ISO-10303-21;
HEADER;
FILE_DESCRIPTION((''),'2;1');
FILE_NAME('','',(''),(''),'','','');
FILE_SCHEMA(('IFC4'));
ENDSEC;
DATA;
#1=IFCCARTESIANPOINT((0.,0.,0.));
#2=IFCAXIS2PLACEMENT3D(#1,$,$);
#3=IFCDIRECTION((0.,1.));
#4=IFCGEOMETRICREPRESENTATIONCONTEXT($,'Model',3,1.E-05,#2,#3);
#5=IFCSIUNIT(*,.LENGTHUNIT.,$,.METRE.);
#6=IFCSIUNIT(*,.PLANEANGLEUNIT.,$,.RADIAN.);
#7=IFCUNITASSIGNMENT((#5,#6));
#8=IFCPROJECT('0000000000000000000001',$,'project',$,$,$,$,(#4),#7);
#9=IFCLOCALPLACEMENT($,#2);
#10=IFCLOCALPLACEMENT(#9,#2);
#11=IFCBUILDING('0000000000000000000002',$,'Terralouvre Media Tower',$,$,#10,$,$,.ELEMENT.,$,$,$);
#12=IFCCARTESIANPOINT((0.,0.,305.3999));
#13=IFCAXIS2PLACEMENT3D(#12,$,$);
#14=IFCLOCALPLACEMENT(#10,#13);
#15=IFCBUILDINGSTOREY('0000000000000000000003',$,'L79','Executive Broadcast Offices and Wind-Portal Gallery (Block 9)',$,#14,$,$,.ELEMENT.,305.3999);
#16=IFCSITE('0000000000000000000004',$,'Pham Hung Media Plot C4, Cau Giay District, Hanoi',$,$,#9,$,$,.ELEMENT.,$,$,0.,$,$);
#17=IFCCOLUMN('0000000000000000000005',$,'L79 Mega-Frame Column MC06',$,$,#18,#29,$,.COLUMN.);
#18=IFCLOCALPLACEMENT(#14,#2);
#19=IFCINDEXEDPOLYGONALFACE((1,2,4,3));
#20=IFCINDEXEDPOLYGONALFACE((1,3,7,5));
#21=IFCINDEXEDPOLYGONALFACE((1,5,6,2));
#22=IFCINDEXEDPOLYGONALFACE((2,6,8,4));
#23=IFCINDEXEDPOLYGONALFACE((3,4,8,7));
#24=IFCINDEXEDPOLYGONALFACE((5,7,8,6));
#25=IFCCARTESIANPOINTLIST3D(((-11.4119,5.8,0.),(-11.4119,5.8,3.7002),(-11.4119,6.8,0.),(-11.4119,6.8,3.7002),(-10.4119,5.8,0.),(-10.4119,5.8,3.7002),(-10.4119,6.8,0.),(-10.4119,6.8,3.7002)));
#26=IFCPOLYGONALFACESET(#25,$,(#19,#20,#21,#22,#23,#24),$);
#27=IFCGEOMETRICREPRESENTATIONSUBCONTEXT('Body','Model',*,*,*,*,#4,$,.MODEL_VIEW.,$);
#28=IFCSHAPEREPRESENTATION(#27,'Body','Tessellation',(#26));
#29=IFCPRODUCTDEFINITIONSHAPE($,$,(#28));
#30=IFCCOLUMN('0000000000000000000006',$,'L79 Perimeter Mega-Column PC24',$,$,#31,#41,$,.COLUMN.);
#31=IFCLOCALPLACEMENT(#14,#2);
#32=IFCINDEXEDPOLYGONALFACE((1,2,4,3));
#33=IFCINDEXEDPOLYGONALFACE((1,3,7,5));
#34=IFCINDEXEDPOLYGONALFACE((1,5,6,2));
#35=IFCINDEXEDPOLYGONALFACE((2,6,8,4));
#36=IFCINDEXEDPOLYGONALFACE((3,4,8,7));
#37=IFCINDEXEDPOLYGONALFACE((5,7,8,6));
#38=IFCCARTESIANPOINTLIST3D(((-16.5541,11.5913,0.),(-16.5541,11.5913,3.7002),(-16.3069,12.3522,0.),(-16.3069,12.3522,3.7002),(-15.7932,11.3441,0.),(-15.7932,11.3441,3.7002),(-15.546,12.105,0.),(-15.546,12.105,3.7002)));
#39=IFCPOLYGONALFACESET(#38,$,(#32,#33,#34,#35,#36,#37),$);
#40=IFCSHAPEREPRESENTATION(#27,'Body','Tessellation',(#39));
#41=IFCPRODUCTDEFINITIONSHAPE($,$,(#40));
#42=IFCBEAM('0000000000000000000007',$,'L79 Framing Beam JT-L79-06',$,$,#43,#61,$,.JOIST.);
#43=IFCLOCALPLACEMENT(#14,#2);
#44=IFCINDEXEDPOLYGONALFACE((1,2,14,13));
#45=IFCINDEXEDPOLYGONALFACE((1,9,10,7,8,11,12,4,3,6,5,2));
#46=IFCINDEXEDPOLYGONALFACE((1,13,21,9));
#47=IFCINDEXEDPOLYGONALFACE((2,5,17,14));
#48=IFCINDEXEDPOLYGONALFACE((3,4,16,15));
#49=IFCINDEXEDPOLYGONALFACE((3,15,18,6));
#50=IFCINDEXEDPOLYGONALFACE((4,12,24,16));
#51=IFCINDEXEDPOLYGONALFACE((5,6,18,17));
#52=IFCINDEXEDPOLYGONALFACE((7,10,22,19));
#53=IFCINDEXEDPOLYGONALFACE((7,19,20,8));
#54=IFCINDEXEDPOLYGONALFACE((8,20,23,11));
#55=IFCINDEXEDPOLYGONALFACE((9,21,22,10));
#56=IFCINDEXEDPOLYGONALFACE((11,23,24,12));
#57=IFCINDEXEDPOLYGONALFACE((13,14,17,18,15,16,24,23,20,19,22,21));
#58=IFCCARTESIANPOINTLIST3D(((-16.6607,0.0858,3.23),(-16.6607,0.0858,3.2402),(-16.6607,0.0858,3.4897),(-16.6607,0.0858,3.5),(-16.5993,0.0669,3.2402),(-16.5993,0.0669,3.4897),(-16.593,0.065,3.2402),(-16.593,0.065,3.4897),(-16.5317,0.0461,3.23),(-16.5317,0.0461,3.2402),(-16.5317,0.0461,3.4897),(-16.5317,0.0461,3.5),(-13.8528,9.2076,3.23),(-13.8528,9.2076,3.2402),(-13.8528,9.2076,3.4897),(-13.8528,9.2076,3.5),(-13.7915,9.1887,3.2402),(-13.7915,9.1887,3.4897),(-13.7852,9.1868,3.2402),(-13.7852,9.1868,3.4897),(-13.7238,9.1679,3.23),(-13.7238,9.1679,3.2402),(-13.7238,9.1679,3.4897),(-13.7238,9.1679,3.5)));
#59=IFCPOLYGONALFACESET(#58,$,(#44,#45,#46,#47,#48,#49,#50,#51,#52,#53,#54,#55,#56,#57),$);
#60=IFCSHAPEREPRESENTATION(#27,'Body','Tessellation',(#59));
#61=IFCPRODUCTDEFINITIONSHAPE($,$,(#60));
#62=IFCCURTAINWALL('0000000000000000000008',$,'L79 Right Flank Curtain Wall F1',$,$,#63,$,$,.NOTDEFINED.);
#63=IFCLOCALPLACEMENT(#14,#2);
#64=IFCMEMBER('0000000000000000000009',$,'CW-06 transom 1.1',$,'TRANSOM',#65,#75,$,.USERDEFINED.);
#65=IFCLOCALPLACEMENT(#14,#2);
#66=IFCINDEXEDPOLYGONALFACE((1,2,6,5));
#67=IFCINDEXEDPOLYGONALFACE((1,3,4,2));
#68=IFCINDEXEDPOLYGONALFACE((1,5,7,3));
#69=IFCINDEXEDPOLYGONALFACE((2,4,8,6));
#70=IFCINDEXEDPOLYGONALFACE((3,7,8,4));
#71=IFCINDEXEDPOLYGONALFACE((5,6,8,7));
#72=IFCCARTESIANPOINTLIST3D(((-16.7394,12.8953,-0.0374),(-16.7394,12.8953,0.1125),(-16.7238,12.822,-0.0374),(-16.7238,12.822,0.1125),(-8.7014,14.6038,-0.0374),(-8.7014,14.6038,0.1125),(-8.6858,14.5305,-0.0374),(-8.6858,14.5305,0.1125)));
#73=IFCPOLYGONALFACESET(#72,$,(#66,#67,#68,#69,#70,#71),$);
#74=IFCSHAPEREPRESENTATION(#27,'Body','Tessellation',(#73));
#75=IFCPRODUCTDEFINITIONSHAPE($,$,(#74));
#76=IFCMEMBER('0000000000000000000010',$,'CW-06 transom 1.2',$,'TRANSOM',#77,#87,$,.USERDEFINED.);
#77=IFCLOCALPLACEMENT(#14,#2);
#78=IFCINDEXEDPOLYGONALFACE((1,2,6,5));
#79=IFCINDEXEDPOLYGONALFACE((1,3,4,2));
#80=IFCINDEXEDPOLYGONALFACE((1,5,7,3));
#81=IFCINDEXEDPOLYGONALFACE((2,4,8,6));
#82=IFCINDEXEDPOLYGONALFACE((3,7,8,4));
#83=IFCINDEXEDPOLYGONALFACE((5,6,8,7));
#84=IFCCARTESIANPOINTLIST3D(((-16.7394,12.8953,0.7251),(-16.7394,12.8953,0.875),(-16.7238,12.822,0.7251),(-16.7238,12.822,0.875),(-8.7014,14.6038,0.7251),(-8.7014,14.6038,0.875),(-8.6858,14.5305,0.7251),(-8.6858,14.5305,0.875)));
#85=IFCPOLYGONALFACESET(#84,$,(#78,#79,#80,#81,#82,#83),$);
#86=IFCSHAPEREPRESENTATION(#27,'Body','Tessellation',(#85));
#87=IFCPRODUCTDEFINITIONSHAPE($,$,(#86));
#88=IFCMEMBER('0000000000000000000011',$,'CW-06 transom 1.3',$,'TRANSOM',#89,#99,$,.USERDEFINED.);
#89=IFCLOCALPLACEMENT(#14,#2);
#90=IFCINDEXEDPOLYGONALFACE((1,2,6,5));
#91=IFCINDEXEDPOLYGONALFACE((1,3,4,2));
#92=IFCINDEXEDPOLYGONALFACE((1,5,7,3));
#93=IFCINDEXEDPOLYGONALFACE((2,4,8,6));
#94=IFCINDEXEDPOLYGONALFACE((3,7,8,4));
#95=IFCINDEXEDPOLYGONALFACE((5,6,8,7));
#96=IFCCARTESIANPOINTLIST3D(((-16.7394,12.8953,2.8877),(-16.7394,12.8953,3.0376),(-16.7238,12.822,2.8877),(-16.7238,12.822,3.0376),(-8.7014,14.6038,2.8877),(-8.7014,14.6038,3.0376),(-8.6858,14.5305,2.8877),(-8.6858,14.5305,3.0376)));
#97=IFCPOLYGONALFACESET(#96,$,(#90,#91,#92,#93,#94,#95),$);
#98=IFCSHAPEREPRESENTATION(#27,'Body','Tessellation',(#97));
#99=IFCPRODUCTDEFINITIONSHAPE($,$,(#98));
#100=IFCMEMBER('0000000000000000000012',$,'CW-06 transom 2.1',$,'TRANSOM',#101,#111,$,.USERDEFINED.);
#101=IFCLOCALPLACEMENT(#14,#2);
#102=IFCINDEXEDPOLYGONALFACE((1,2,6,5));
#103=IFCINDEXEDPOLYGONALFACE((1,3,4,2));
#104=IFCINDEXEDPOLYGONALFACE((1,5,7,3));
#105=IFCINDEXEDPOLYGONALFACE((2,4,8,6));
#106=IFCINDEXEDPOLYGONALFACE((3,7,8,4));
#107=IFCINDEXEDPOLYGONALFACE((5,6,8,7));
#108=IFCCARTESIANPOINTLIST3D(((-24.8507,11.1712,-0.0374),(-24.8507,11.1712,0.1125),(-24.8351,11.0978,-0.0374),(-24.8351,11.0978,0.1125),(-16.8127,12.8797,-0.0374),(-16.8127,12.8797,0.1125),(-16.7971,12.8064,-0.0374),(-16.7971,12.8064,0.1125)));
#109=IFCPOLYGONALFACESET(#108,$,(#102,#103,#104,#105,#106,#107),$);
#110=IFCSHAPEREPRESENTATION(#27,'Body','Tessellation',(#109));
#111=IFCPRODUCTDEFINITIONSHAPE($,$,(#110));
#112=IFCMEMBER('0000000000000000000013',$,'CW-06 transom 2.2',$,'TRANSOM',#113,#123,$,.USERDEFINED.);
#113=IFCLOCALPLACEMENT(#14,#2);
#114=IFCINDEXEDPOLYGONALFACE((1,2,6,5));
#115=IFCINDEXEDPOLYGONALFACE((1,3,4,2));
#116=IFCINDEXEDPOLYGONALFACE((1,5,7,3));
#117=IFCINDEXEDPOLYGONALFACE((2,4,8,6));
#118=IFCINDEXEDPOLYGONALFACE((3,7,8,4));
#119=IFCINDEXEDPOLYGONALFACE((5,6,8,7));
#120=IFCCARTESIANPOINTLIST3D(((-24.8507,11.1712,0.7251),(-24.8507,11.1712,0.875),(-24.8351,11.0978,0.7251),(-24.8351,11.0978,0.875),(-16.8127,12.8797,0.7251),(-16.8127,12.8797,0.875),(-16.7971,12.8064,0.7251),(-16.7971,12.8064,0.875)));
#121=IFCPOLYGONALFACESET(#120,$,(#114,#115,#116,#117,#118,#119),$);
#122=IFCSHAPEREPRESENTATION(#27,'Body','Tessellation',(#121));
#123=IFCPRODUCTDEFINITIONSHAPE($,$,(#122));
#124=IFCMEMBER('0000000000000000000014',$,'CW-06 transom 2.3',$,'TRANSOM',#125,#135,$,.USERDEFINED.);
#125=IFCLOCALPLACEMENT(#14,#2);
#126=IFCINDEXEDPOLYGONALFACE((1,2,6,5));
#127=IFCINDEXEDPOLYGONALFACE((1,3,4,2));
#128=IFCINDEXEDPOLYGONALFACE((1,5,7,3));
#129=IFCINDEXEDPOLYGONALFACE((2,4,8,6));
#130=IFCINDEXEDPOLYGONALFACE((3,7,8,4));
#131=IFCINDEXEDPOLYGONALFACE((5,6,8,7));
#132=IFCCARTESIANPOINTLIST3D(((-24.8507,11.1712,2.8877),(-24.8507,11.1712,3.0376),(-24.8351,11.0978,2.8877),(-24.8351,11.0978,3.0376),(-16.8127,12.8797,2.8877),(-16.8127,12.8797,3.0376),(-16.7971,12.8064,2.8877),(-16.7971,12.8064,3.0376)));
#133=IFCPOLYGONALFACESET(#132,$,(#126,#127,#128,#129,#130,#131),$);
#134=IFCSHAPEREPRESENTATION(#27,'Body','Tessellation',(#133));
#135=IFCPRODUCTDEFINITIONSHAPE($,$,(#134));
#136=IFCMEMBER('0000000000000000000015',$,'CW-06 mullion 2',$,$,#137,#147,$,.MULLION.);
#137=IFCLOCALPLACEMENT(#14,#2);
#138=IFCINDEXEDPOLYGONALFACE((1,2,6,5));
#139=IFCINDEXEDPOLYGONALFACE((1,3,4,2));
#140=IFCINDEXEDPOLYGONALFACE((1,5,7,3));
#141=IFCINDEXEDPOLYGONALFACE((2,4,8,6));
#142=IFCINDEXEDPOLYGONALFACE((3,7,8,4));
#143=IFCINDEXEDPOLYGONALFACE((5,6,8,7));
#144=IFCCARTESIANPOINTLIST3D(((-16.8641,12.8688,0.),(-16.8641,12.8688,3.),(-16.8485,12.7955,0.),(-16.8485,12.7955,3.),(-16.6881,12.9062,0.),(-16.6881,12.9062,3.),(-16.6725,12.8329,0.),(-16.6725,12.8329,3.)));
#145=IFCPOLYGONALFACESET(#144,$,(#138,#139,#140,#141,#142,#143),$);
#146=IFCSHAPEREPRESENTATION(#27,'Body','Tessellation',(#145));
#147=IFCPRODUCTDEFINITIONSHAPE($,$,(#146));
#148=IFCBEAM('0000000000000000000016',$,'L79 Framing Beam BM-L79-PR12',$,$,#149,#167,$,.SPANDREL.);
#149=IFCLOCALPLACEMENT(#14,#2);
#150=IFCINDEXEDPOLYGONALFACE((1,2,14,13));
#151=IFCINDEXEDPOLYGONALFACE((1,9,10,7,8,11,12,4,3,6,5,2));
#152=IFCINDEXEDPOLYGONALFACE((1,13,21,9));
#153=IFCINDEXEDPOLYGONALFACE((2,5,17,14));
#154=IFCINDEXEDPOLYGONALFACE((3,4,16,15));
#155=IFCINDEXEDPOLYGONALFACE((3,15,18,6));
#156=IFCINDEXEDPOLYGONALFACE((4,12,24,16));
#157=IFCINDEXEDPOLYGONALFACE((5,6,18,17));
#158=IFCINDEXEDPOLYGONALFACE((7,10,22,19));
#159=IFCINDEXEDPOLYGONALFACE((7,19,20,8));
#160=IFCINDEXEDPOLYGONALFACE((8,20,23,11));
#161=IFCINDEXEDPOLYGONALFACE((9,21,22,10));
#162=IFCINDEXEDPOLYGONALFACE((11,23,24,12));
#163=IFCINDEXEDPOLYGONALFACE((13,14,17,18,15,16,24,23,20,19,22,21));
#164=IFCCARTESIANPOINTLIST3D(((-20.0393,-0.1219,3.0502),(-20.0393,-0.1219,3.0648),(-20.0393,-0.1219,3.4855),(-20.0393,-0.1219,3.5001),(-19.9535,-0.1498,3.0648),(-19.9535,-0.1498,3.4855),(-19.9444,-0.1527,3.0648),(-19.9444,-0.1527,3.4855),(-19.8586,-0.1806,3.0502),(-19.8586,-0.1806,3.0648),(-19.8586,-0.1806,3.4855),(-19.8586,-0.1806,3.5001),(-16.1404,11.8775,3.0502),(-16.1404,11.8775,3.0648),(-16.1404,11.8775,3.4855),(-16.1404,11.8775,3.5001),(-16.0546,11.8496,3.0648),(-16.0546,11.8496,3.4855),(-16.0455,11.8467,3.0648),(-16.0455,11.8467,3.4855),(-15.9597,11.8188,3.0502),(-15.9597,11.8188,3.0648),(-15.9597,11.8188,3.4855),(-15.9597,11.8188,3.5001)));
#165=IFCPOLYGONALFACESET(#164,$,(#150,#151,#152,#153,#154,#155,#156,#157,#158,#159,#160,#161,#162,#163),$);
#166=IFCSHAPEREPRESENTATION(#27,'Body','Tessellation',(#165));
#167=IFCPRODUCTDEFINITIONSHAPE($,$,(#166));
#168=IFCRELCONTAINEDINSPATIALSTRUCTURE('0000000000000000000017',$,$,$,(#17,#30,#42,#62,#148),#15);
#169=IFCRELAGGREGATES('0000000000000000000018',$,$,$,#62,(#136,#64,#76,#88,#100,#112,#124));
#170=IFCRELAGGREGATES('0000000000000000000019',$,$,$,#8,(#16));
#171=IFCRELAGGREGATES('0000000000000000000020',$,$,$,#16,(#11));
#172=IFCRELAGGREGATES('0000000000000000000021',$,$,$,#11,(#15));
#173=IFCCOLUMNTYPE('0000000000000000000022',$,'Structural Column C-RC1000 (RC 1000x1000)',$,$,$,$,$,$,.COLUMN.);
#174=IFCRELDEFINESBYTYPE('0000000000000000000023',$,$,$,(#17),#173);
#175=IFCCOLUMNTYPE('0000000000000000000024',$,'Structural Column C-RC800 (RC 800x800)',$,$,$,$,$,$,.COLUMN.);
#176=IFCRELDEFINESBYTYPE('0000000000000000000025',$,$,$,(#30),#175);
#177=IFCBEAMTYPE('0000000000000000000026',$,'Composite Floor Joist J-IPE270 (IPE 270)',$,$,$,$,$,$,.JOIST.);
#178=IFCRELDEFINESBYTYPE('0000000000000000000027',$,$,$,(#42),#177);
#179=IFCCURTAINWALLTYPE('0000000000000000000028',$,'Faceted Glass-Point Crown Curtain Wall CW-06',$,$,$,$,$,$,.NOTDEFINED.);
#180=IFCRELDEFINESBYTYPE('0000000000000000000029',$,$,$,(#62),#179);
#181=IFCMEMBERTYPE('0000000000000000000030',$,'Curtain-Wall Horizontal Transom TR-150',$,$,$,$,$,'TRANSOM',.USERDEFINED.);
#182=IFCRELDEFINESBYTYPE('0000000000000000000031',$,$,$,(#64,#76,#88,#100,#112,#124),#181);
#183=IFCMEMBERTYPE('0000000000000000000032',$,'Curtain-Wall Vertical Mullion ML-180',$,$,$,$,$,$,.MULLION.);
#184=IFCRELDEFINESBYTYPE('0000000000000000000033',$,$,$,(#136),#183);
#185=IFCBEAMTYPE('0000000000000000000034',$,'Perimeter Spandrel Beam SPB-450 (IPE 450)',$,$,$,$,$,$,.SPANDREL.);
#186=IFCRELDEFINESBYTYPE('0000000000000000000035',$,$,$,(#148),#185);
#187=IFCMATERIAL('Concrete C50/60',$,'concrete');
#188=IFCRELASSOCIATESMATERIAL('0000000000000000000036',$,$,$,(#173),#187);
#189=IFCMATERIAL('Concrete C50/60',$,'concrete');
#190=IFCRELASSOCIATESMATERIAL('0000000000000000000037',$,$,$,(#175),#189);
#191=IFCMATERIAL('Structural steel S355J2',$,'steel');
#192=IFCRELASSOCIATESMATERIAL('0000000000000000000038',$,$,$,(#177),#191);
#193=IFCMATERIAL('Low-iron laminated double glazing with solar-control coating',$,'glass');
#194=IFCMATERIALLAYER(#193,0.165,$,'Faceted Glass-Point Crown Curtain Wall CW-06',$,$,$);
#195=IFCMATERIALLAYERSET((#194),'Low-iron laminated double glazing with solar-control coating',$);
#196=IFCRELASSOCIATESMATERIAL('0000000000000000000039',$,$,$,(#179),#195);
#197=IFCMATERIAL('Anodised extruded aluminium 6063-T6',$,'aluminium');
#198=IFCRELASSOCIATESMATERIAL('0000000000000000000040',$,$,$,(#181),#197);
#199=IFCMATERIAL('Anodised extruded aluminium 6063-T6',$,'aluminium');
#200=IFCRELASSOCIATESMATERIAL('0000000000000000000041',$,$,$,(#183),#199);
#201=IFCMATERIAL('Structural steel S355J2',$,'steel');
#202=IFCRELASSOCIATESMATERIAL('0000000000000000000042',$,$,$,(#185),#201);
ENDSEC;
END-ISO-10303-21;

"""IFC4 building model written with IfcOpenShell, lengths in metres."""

from ifc_helpers import new_model, si_unit, direction, frame, origin, origin_2d, place, context, subcontext, project, spatial, rectangle, i_section, extrude, material, layer, layer_set, material_profile, profile_set, type_object, element, aggregate, save


model = new_model("IFC4")

# Units and contexts
model_context = context("Model", 3, precision=1e-05, world=origin(), true_north=direction((0.0, 1.0)))
body_context = subcontext(model_context, "Body", "Model", "MODEL_VIEW")
ifc_project = project(units=[si_unit("LENGTHUNIT", "METRE"), si_unit("PLANEANGLEUNIT", "RADIAN")], contexts=[model_context])

# Site, building, storey
site_placement = place(None, origin())
site = spatial("IfcSite", under=ifc_project, at=site_placement, Name="Pham Hung Media Plot C4, Cau Giay District, Hanoi", CompositionType="ELEMENT", RefElevation=0.0)
building_placement = place(site_placement, origin())
building = spatial("IfcBuilding", under=site, at=building_placement, Name="Terralouvre Media Tower", CompositionType="ELEMENT")
storey_placement = place(building_placement, frame((0.0, 0.0, 305.3999)))
storey = spatial("IfcBuildingStorey", under=building, at=storey_placement, Name="L79", Description="Executive Broadcast Offices and Wind-Portal Gallery (Block 9)", CompositionType="ELEMENT", Elevation=305.3999)

# Columns
ifc_material_1 = material(Name="Concrete C50/60", Category="concrete")
ifc_material_profile_1 = material_profile(ifc_material_1, rectangle(XDim=1.0, YDim=1.0, at=origin_2d()), Name="RC 1000x1000")
ifc_profile_set_1 = profile_set([ifc_material_profile_1], Name="Concrete C50/60")
column_type_1 = type_object("IfcColumnType", Name="Structural Column C-RC1000 (RC 1000x1000)", PredefinedType="COLUMN", material=ifc_profile_set_1)
column_1_placement = place(storey_placement, frame((-10.9119, 6.3, 0.0), z_axis=(0.0, 0.0, 1.0), x_axis=(1.0, 0.0, 0.0)))
element("IfcColumn", 1, at=column_1_placement, inside=storey, type_object=column_type_1, Name="L79 Mega-Frame Column MC06", PredefinedType="COLUMN", context=body_context, shape_type="SweptSolid", body=[
    extrude(rectangle(XDim=1.0, YDim=1.0, at=origin_2d()), origin(), (0.0, 0.0, 1.0), 3.7002),
])
ifc_material_2 = material(Name="Concrete C50/60", Category="concrete")
ifc_material_profile_2 = material_profile(ifc_material_2, rectangle(XDim=0.8, YDim=0.8, at=origin_2d()), Name="RC 800x800")
ifc_profile_set_2 = profile_set([ifc_material_profile_2], Name="Concrete C50/60")
column_type_2 = type_object("IfcColumnType", Name="Structural Column C-RC800 (RC 800x800)", PredefinedType="COLUMN", material=ifc_profile_set_2)
column_2_placement = place(storey_placement, frame((-16.05, 11.8481, 0.0), z_axis=(0.0, 0.0, 1.0), x_axis=(0.309017, 0.951057, 0.0)))
element("IfcColumn", 2, at=column_2_placement, inside=storey, type_object=column_type_2, Name="L79 Perimeter Mega-Column PC24", PredefinedType="COLUMN", context=body_context, shape_type="SweptSolid", body=[
    extrude(rectangle(XDim=0.8, YDim=0.8, at=origin_2d()), origin(), (0.0, 0.0, 1.0), 3.7002),
])

# Beam
ifc_material_3 = material(Name="Structural steel S355J2", Category="steel")
ifc_material_profile_3 = material_profile(ifc_material_3, i_section(OverallWidth=0.135, OverallDepth=0.27, WebThickness=0.0066, FlangeThickness=0.0103, at=origin_2d()), Name="IPE 270")
ifc_profile_set_3 = profile_set([ifc_material_profile_3], Name="Structural steel S355J2")
beam_type_1 = type_object("IfcBeamType", Name="Composite Floor Joist J-IPE270 (IPE 270)", PredefinedType="JOIST", material=ifc_profile_set_3)
beam_1_placement = place(storey_placement, frame((-13.7883, 9.1877, 3.365), z_axis=(-0.294195, -0.955745, 0.0), x_axis=(0.955745, -0.294195, 0.0)))
element("IfcBeam", 3, at=beam_1_placement, inside=storey, type_object=beam_type_1, Name="L79 Framing Beam JT-L79-06", PredefinedType="JOIST", context=body_context, shape_type="SweptSolid", body=[
    extrude(i_section(OverallWidth=0.135, OverallDepth=0.27, WebThickness=0.0066, FlangeThickness=0.0103, at=origin_2d()), origin(), (0.0, 0.0, 1.0), 9.5442),
])

# Curtain wall, members
ifc_material_4 = material(Name="Low-iron laminated double glazing with solar-control coating", Category="glass")
ifc_layer_1 = layer(ifc_material_4, 0.165, Name="Faceted Glass-Point Crown Curtain Wall CW-06")
ifc_layer_set_1 = layer_set([ifc_layer_1], Name="Low-iron laminated double glazing with solar-control coating")
curtain_wall_type = type_object("IfcCurtainWallType", Name="Faceted Glass-Point Crown Curtain Wall CW-06", PredefinedType="NOTDEFINED", material=ifc_layer_set_1)
curtain_wall_placement = place(storey_placement, origin())
curtain_wall = element("IfcCurtainWall", 4, at=curtain_wall_placement, inside=storey, type_object=curtain_wall_type, Name="L79 Right Flank Curtain Wall F1", PredefinedType="NOTDEFINED")
ifc_material_5 = material(Name="Anodised extruded aluminium 6063-T6", Category="aluminium")
ifc_material_profile_4 = material_profile(ifc_material_5, rectangle(XDim=0.075, YDim=0.1499, at=origin_2d()), Name="ALU 75x150")
ifc_profile_set_4 = profile_set([ifc_material_profile_4], Name="Anodised extruded aluminium 6063-T6")
member_type_1 = type_object("IfcMemberType", Name="Curtain-Wall Horizontal Transom TR-150", ElementType="TRANSOM", PredefinedType="USERDEFINED", material=ifc_profile_set_4)
member_1_placement = place(storey_placement, frame((-8.6936, 14.5671, 0.0376), z_axis=(-0.978149, -0.207906, 0.0), x_axis=(0.207906, -0.978149, 0.0)))
member_1 = element("IfcMember", 5, at=member_1_placement, type_object=member_type_1, Name="CW-06 transom 1.1", ObjectType="TRANSOM", PredefinedType="USERDEFINED", context=body_context, shape_type="SweptSolid", body=[
    extrude(rectangle(XDim=0.075, YDim=0.1499, at=origin_2d()), origin(), (0.0, 0.0, 1.0), 8.2175),
])
member_2_placement = place(storey_placement, frame((-8.6936, 14.5671, 0.8), z_axis=(-0.978149, -0.207906, 0.0), x_axis=(0.207906, -0.978149, 0.0)))
member_2 = element("IfcMember", 6, at=member_2_placement, type_object=member_type_1, Name="CW-06 transom 1.2", ObjectType="TRANSOM", PredefinedType="USERDEFINED", context=body_context, shape_type="SweptSolid", body=[
    extrude(rectangle(XDim=0.075, YDim=0.1499, at=origin_2d()), origin(), (0.0, 0.0, 1.0), 8.2175),
])
member_3_placement = place(storey_placement, frame((-8.6936, 14.5671, 2.9626), z_axis=(-0.978149, -0.207906, 0.0), x_axis=(0.207906, -0.978149, 0.0)))
member_3 = element("IfcMember", 7, at=member_3_placement, type_object=member_type_1, Name="CW-06 transom 1.3", ObjectType="TRANSOM", PredefinedType="USERDEFINED", context=body_context, shape_type="SweptSolid", body=[
    extrude(rectangle(XDim=0.075, YDim=0.1499, at=origin_2d()), origin(), (0.0, 0.0, 1.0), 8.2175),
])
member_4_placement = place(storey_placement, frame((-16.8049, 12.843, 0.0376), z_axis=(-0.978148, -0.207912, 0.0), x_axis=(0.207912, -0.978148, 0.0)))
member_4 = element("IfcMember", 8, at=member_4_placement, type_object=member_type_1, Name="CW-06 transom 2.1", ObjectType="TRANSOM", PredefinedType="USERDEFINED", context=body_context, shape_type="SweptSolid", body=[
    extrude(rectangle(XDim=0.075, YDim=0.1499, at=origin_2d()), origin(), (0.0, 0.0, 1.0), 8.2175),
])
member_5_placement = place(storey_placement, frame((-16.8049, 12.843, 0.8), z_axis=(-0.978148, -0.207912, 0.0), x_axis=(0.207912, -0.978148, 0.0)))
member_5 = element("IfcMember", 9, at=member_5_placement, type_object=member_type_1, Name="CW-06 transom 2.2", ObjectType="TRANSOM", PredefinedType="USERDEFINED", context=body_context, shape_type="SweptSolid", body=[
    extrude(rectangle(XDim=0.075, YDim=0.1499, at=origin_2d()), origin(), (0.0, 0.0, 1.0), 8.2175),
])
member_6_placement = place(storey_placement, frame((-16.8049, 12.843, 2.9626), z_axis=(-0.978148, -0.207912, 0.0), x_axis=(0.207912, -0.978148, 0.0)))
member_6 = element("IfcMember", 10, at=member_6_placement, type_object=member_type_1, Name="CW-06 transom 2.3", ObjectType="TRANSOM", PredefinedType="USERDEFINED", context=body_context, shape_type="SweptSolid", body=[
    extrude(rectangle(XDim=0.075, YDim=0.1499, at=origin_2d()), origin(), (0.0, 0.0, 1.0), 8.2175),
])
ifc_material_6 = material(Name="Anodised extruded aluminium 6063-T6", Category="aluminium")
ifc_material_profile_5 = material_profile(ifc_material_6, rectangle(XDim=0.075, YDim=0.1799, at=origin_2d()), Name="ALU 75x180")
ifc_profile_set_5 = profile_set([ifc_material_profile_5], Name="Anodised extruded aluminium 6063-T6")
member_type_2 = type_object("IfcMemberType", Name="Curtain-Wall Vertical Mullion ML-180", PredefinedType="MULLION", material=ifc_profile_set_5)
member_7_placement = place(storey_placement, frame((-16.7683, 12.8508, 0.0), z_axis=(0.0, 0.0, 1.0), x_axis=(0.207911, -0.978148, 0.0)))
member_7 = element("IfcMember", 11, at=member_7_placement, type_object=member_type_2, Name="CW-06 mullion 2", PredefinedType="MULLION", context=body_context, shape_type="SweptSolid", body=[
    extrude(rectangle(XDim=0.075, YDim=0.1799, at=origin_2d()), origin(), (0.0, 0.0, 1.0), 3.0),
])

# Beam
ifc_material_7 = material(Name="Structural steel S355J2", Category="steel")
ifc_material_profile_6 = material_profile(ifc_material_7, i_section(OverallWidth=0.1899, OverallDepth=0.45, WebThickness=0.0095, FlangeThickness=0.0146, at=origin_2d()), Name="IPE 450")
ifc_profile_set_6 = profile_set([ifc_material_profile_6], Name="Structural steel S355J2")
beam_type_2 = type_object("IfcBeamType", Name="Perimeter Spandrel Beam SPB-450 (IPE 450)", PredefinedType="SPANDREL", material=ifc_profile_set_6)
beam_2_placement = place(storey_placement, frame((-16.05, 11.8481, 3.2751), z_axis=(-0.30902, -0.951055, 0.0), x_axis=(0.951055, -0.30902, 0.0)))
element("IfcBeam", 12, at=beam_2_placement, inside=storey, type_object=beam_type_2, Name="L79 Framing Beam BM-L79-PR12", PredefinedType="SPANDREL", context=body_context, shape_type="SweptSolid", body=[
    extrude(i_section(OverallWidth=0.1899, OverallDepth=0.45, WebThickness=0.0095, FlangeThickness=0.0146, at=origin_2d()), origin(), (0.0, 0.0, 1.0), 12.6169),
])

aggregate(curtain_wall, [member_7, member_1, member_2, member_3, member_4, member_5, member_6])

save(model, "model.ifc")
